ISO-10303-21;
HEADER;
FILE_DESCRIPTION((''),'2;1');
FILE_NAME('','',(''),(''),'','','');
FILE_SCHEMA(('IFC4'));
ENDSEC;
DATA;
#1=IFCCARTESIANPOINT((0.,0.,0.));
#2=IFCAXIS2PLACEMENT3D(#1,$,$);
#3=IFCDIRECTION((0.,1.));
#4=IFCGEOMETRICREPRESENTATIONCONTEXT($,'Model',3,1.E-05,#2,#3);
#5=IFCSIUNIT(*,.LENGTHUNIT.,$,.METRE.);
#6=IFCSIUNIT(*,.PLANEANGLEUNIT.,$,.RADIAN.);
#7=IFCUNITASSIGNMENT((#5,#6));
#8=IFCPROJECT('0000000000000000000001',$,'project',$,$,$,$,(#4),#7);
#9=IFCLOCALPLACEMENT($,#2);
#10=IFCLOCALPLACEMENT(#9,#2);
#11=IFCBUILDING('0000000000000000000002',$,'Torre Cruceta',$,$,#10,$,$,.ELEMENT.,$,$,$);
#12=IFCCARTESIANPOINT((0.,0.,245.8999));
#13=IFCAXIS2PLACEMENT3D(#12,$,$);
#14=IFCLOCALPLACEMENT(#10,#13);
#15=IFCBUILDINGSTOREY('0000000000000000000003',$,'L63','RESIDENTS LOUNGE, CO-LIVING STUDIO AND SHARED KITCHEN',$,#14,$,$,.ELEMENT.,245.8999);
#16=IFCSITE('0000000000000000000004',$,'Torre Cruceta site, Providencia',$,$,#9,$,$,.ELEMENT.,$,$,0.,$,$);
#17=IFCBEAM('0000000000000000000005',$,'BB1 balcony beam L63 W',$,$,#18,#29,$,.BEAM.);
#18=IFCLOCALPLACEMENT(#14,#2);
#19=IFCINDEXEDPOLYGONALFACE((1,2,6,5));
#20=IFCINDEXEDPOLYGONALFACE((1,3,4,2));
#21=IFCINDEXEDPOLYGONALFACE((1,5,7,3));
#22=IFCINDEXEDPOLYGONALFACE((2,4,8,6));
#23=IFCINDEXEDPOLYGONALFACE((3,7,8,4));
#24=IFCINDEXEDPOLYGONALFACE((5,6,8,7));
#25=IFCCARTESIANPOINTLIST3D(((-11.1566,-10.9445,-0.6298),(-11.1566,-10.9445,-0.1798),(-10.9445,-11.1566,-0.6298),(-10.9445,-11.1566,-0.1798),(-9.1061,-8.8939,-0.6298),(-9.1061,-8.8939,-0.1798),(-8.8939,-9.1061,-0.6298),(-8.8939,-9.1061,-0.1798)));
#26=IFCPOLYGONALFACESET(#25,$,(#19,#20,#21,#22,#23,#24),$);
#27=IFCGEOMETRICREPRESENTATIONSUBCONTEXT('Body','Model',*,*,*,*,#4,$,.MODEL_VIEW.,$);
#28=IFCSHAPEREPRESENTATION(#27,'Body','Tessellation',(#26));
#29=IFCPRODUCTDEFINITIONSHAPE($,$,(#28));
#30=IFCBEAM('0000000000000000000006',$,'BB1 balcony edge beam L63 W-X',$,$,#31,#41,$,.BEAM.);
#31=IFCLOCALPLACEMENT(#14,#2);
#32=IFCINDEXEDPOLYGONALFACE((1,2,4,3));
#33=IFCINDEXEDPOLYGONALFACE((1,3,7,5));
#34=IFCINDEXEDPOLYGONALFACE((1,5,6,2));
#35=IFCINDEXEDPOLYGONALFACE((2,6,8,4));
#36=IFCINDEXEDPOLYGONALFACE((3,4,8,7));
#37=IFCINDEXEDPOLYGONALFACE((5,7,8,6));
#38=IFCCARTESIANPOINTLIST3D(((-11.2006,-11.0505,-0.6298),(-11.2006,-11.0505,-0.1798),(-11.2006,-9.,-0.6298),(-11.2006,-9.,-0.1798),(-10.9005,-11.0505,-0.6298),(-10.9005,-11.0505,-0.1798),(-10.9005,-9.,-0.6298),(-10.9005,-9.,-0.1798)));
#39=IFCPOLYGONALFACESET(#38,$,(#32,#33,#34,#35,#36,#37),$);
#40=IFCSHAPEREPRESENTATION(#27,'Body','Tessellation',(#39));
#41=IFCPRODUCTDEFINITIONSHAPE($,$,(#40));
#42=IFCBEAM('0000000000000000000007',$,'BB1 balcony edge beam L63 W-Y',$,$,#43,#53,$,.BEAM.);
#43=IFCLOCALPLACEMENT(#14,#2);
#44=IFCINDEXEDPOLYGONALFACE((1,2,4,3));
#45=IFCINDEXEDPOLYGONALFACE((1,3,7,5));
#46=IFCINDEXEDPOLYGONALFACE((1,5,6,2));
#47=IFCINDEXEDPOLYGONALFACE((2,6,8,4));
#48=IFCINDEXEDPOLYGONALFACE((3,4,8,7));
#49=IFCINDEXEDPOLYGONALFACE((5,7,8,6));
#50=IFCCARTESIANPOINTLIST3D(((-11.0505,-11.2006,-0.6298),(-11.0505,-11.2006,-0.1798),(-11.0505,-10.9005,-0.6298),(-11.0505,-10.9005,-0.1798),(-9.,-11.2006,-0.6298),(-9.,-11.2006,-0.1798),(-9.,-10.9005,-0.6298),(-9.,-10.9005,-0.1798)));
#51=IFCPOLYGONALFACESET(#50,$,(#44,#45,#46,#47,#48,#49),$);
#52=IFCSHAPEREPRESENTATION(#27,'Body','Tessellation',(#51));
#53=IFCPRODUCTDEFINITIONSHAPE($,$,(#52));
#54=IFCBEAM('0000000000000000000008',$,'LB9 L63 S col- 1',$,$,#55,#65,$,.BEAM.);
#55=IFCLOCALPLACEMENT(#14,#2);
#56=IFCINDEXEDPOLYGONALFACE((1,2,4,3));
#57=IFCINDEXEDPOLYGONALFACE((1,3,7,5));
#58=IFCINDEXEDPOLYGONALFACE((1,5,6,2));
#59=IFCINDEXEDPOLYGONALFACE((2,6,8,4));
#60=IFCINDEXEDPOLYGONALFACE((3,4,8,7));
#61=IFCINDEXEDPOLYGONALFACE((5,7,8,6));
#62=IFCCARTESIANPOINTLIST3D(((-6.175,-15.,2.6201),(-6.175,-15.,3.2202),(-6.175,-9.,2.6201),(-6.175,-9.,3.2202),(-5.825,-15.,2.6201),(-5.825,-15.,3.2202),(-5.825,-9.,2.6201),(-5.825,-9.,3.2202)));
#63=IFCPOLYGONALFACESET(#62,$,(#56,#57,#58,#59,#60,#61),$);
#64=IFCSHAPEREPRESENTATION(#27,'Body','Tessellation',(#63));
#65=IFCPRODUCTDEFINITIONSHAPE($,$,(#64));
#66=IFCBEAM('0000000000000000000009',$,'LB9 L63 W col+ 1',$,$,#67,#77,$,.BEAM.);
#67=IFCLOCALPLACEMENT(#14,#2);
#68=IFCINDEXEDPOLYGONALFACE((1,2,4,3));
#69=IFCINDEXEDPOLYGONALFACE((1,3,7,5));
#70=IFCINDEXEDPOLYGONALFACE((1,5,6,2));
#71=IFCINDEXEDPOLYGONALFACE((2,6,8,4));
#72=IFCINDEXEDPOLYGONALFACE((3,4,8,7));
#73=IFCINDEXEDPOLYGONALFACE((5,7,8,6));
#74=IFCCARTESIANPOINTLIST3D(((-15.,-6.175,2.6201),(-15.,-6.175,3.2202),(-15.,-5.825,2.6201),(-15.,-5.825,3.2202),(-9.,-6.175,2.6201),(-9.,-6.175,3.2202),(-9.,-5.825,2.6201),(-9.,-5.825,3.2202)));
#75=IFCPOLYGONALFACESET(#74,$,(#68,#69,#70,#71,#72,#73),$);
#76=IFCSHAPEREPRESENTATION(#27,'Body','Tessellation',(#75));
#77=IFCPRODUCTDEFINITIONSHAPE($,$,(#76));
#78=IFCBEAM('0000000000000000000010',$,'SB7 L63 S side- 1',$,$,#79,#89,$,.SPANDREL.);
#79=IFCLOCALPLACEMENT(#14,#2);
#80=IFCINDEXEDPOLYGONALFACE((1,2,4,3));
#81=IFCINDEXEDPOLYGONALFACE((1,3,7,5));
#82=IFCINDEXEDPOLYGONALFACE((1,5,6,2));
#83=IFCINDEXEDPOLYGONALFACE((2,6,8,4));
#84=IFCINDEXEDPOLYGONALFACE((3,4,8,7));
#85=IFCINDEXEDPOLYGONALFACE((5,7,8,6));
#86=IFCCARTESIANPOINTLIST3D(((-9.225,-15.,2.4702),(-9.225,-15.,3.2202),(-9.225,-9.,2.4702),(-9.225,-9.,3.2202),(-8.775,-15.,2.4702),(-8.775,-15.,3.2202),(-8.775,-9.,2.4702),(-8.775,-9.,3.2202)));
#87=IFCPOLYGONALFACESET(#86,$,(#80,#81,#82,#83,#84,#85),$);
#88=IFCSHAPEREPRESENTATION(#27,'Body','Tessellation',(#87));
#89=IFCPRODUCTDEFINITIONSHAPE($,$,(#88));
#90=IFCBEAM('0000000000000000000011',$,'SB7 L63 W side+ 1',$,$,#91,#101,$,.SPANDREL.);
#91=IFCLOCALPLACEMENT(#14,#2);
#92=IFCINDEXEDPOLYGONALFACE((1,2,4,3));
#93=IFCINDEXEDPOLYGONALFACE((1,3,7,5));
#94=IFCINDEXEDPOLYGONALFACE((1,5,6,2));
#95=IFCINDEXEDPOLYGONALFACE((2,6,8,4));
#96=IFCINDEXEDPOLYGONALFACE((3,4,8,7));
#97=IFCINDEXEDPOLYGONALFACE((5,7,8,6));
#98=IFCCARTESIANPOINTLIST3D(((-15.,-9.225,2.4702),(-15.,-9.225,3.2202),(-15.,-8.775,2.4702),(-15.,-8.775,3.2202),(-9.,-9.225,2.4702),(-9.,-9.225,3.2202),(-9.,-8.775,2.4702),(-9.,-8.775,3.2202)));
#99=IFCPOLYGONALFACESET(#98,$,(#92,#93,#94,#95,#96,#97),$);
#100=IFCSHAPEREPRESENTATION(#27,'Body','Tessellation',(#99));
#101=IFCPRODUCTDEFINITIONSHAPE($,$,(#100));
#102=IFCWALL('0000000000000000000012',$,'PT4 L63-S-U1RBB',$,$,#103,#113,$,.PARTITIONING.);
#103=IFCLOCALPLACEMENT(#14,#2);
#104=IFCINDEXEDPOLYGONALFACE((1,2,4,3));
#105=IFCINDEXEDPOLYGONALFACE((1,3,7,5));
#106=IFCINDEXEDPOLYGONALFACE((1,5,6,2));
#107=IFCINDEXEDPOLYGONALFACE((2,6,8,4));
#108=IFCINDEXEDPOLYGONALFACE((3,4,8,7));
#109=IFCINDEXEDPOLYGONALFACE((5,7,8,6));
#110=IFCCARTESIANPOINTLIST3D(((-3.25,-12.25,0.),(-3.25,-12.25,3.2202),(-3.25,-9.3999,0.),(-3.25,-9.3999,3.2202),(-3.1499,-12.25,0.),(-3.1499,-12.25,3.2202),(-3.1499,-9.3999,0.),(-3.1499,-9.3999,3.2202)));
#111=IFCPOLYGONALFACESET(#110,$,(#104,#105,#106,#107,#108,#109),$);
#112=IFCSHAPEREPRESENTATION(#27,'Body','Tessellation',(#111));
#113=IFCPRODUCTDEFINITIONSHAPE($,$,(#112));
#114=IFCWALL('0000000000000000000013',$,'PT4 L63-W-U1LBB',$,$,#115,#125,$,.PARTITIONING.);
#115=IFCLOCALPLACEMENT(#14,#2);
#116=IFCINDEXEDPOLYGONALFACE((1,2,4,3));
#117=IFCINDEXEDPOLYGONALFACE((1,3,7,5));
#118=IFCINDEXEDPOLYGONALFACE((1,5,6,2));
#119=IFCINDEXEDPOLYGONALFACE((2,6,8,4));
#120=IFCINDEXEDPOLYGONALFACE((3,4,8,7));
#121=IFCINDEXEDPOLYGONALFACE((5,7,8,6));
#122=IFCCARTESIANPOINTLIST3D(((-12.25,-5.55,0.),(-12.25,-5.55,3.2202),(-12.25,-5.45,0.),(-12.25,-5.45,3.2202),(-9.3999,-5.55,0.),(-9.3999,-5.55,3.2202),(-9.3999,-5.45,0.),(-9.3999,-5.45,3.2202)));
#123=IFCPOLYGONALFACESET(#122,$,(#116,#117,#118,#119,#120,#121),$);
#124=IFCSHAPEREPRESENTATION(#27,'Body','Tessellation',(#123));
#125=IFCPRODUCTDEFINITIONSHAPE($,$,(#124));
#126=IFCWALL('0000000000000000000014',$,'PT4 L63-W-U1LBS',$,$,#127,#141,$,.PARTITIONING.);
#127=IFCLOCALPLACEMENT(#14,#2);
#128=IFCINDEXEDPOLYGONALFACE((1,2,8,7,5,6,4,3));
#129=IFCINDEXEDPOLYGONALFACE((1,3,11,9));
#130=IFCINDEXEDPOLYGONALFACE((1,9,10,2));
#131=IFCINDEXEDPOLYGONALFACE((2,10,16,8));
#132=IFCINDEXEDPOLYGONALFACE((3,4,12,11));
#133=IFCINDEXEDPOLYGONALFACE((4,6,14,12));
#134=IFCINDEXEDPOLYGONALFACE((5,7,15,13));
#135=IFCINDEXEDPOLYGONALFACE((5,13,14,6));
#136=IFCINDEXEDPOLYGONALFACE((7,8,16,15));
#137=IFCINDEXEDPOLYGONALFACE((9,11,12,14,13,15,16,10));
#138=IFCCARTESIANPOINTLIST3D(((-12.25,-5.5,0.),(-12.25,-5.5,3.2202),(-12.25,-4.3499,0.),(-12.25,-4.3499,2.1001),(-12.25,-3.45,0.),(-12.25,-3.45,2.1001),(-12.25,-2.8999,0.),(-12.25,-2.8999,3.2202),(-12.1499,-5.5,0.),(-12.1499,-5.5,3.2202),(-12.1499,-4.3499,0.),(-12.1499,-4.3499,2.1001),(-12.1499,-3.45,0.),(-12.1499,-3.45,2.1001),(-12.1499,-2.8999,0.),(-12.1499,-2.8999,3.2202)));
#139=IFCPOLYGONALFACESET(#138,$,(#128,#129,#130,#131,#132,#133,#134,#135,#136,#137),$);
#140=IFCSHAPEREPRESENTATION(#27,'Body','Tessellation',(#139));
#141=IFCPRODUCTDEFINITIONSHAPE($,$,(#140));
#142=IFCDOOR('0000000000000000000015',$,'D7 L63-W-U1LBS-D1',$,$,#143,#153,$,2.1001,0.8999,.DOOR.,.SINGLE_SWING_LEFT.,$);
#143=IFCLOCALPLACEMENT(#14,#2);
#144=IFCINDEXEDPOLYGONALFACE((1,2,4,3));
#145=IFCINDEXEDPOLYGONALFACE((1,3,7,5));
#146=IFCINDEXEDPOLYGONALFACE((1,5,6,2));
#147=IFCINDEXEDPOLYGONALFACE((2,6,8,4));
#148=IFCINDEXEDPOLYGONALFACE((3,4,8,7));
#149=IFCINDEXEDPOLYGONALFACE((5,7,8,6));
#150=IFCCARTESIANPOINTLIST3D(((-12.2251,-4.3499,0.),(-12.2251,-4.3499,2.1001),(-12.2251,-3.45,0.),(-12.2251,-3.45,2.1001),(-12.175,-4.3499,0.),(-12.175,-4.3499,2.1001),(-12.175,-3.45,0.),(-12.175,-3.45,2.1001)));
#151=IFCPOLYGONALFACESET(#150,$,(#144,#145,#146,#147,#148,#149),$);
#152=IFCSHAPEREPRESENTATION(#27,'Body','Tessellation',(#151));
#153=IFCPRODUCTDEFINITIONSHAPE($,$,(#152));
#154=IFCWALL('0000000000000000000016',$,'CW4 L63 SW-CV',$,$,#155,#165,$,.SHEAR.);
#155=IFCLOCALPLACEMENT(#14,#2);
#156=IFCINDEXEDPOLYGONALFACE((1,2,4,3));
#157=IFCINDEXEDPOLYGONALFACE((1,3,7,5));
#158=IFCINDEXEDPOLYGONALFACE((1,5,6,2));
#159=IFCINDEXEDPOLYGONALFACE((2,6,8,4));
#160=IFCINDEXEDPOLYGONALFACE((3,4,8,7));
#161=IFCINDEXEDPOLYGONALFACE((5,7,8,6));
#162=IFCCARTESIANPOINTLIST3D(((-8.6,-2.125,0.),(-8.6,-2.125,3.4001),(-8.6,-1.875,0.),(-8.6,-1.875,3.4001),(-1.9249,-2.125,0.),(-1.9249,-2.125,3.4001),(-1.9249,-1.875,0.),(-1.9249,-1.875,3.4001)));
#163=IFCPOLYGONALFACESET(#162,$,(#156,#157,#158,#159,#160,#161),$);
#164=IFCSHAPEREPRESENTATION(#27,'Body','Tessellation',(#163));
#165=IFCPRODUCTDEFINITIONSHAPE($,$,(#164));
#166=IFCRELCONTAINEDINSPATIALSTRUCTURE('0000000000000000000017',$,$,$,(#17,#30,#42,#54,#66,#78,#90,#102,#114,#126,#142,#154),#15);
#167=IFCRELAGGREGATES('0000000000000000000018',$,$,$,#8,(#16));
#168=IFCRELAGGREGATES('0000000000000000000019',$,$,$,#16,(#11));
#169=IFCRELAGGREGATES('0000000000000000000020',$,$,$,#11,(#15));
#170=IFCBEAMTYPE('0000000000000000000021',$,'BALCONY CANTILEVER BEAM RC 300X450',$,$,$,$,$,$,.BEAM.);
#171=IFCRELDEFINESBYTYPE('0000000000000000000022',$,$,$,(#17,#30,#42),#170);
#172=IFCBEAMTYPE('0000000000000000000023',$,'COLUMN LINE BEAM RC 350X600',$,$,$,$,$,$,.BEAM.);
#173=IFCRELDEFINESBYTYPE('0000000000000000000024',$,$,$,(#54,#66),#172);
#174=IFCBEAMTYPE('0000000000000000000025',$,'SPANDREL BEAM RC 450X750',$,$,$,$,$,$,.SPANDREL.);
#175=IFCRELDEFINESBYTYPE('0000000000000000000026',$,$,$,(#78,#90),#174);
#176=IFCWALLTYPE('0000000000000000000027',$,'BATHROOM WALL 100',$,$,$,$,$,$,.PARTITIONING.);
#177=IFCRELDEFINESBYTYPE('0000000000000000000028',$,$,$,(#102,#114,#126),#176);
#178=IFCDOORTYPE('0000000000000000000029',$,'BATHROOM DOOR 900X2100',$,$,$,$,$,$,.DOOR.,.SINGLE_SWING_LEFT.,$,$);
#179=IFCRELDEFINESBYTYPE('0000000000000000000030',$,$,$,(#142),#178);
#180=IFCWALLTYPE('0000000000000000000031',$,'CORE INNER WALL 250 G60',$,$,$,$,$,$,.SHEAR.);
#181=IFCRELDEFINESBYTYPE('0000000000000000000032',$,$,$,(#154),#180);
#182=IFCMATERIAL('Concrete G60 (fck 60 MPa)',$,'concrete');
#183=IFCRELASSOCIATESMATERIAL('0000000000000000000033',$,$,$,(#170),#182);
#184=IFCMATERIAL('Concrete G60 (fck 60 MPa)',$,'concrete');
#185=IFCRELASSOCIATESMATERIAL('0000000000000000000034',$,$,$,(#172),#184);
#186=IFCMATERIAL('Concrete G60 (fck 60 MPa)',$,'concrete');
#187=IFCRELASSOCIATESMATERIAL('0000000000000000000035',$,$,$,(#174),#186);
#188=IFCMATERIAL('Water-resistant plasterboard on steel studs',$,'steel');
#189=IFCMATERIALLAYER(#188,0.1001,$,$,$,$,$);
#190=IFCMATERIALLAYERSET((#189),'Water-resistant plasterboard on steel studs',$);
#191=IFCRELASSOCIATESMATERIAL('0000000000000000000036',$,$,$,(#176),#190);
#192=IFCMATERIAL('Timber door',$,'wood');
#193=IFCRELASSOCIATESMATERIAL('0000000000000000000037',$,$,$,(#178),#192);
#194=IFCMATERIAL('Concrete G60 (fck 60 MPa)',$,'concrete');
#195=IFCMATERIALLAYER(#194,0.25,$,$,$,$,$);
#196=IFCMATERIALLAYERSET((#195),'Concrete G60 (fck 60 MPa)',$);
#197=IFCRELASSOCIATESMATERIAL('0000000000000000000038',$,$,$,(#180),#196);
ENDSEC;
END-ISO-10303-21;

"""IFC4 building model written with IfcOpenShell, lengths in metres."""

from ifc_helpers import new_model, si_unit, direction, frame, frame_2d, origin, origin_2d, place, context, subcontext, project, spatial, rectangle, extrude, material, layer, layer_set, material_profile, profile_set, type_object, element, fill, save


model = new_model("IFC4")

# Units and contexts
model_context = context("Model", 3, precision=1e-05, world=origin(), true_north=direction((0.0, 1.0)))
body_context = subcontext(model_context, "Body", "Model", "MODEL_VIEW")
ifc_project = project(units=[si_unit("LENGTHUNIT", "METRE"), si_unit("PLANEANGLEUNIT", "RADIAN")], contexts=[model_context])

# Site, building, storey
site_placement = place(None, origin())
site = spatial("IfcSite", under=ifc_project, at=site_placement, Name="Torre Cruceta site, Providencia", CompositionType="ELEMENT", RefElevation=0.0)
building_placement = place(site_placement, origin())
building = spatial("IfcBuilding", under=site, at=building_placement, Name="Torre Cruceta", CompositionType="ELEMENT")
storey_placement = place(building_placement, frame((0.0, 0.0, 245.8999)))
storey = spatial("IfcBuildingStorey", under=building, at=storey_placement, Name="L63", Description="RESIDENTS LOUNGE, CO-LIVING STUDIO AND SHARED KITCHEN", CompositionType="ELEMENT", Elevation=245.8999)

# Beams
ifc_material_1 = material(Name="Concrete G60 (fck 60 MPa)", Category="concrete")
ifc_material_profile_1 = material_profile(ifc_material_1, rectangle(XDim=0.3, YDim=0.45, at=origin_2d()), Name="RC 300X450")
ifc_profile_set_1 = profile_set([ifc_material_profile_1], Name="Concrete G60 (fck 60 MPa)")
beam_type_1 = type_object("IfcBeamType", Name="BALCONY CANTILEVER BEAM RC 300X450", PredefinedType="BEAM", material=ifc_profile_set_1)
beam_placement = place(storey_placement, frame((-9.0, -9.0, -0.4048), z_axis=(-0.707107, -0.707107, 0.0), x_axis=(0.707107, -0.707107, 0.0)))
element("IfcBeam", 1, at=beam_placement, inside=storey, type_object=beam_type_1, Name="BB1 balcony beam L63 W", PredefinedType="BEAM", context=body_context, shape_type="SweptSolid", body=[
    extrude(rectangle(XDim=0.3, YDim=0.45, at=origin_2d()), origin(), (0.0, 0.0, 1.0), 2.8999),
])
for number, where, z_axis, x_axis, name in (
    (2, (-11.0505, -9.0, -0.4048), (0.0, -1.0, 0.0), (1.0, 0.0, 0.0), "BB1 balcony edge beam L63 W-X"),
    (3, (-9.0, -11.0505, -0.4048), (-1.0, 0.0, 0.0), (0.0, -1.0, 0.0), "BB1 balcony edge beam L63 W-Y"),
):
    element("IfcBeam", number, at=place(storey_placement, frame(where, z_axis=z_axis, x_axis=x_axis)), inside=storey, type_object=beam_type_1, Name=name, PredefinedType="BEAM", context=body_context, shape_type="SweptSolid", body=[
        extrude(rectangle(XDim=0.3, YDim=0.45, at=origin_2d()), origin(), (0.0, 0.0, 1.0), 2.0505),
    ])
ifc_material_2 = material(Name="Concrete G60 (fck 60 MPa)", Category="concrete")
ifc_material_profile_2 = material_profile(ifc_material_2, rectangle(XDim=0.3501, YDim=0.6001, at=origin_2d()), Name="RC 350X600")
ifc_profile_set_2 = profile_set([ifc_material_profile_2], Name="Concrete G60 (fck 60 MPa)")
beam_type_2 = type_object("IfcBeamType", Name="COLUMN LINE BEAM RC 350X600", PredefinedType="BEAM", material=ifc_profile_set_2)
for number, where, z_axis, x_axis, name in (
    (4, (-6.0, -9.0, 2.9202), (0.0, -1.0, 0.0), (1.0, 0.0, 0.0), "LB9 L63 S col- 1"),
    (5, (-9.0, -6.0, 2.9202), (-1.0, 0.0, 0.0), (0.0, -1.0, 0.0), "LB9 L63 W col+ 1"),
):
    element("IfcBeam", number, at=place(storey_placement, frame(where, z_axis=z_axis, x_axis=x_axis)), inside=storey, type_object=beam_type_2, Name=name, PredefinedType="BEAM", context=body_context, shape_type="SweptSolid", body=[
        extrude(rectangle(XDim=0.3501, YDim=0.6001, at=origin_2d()), origin(), (0.0, 0.0, 1.0), 6.0),
    ])
ifc_material_3 = material(Name="Concrete G60 (fck 60 MPa)", Category="concrete")
ifc_material_profile_3 = material_profile(ifc_material_3, rectangle(XDim=0.45, YDim=0.75, at=origin_2d()), Name="RC 450X750")
ifc_profile_set_3 = profile_set([ifc_material_profile_3], Name="Concrete G60 (fck 60 MPa)")
beam_type_3 = type_object("IfcBeamType", Name="SPANDREL BEAM RC 450X750", PredefinedType="SPANDREL", material=ifc_profile_set_3)
for number, where, z_axis, x_axis, name in (
    (6, (-9.0, -9.0, 2.8452), (0.0, -1.0, 0.0), (1.0, 0.0, 0.0), "SB7 L63 S side- 1"),
    (7, (-9.0, -9.0, 2.8452), (-1.0, 0.0, 0.0), (0.0, -1.0, 0.0), "SB7 L63 W side+ 1"),
):
    element("IfcBeam", number, at=place(storey_placement, frame(where, z_axis=z_axis, x_axis=x_axis)), inside=storey, type_object=beam_type_3, Name=name, PredefinedType="SPANDREL", context=body_context, shape_type="SweptSolid", body=[
        extrude(rectangle(XDim=0.45, YDim=0.75, at=origin_2d()), origin(), (0.0, 0.0, 1.0), 6.0),
    ])

# Walls
ifc_material_4 = material(Name="Water-resistant plasterboard on steel studs", Category="steel")
ifc_layer_1 = layer(ifc_material_4, 0.1001)
ifc_layer_set_1 = layer_set([ifc_layer_1], Name="Water-resistant plasterboard on steel studs")
wall_type_1 = type_object("IfcWallType", Name="BATHROOM WALL 100", PredefinedType="PARTITIONING", material=ifc_layer_set_1)
for number, where, z_axis, x_axis, name in (
    (8, (-3.2, -9.3999, 0.0), (0.0, 0.0, 1.0), (0.0, -1.0, 0.0), "PT4 L63-S-U1RBB"),
    (9, (-9.3999, -5.5, 0.0), (0.0, 0.0, 1.0), (-1.0, 0.0, 0.0), "PT4 L63-W-U1LBB"),
):
    element("IfcWall", number, at=place(storey_placement, frame(where, z_axis=z_axis, x_axis=x_axis)), inside=storey, type_object=wall_type_1, Name=name, PredefinedType="PARTITIONING", context=body_context, shape_type="SweptSolid", body=[
        extrude(rectangle(XDim=2.8501, YDim=0.1001, at=frame_2d((1.425, 0.0))), origin(), (0.0, 0.0, 1.0), 3.2202),
    ])

# Wall, opening, door
wall_1_placement = place(storey_placement, frame((-12.2, -2.8999, 0.0), z_axis=(0.0, 0.0, 1.0), x_axis=(0.0, -1.0, 0.0)))
wall_1 = element("IfcWall", 10, at=wall_1_placement, inside=storey, type_object=wall_type_1, Name="PT4 L63-W-U1LBS", PredefinedType="PARTITIONING", context=body_context, shape_type="SweptSolid", body=[
    extrude(rectangle(XDim=2.6001, YDim=0.1001, at=frame_2d((1.3, 0.0))), origin(), (0.0, 0.0, 1.0), 3.2202),
])
opening_1_placement = place(wall_1_placement, frame((0.55, 0.0, 0.0)))
opening_1 = element("IfcOpeningElement", 11, at=opening_1_placement, cuts=wall_1, PredefinedType="OPENING", context=body_context, shape_type="SweptSolid", body=[
    extrude(rectangle(XDim=0.8999, YDim=2.1001, at=frame_2d((0.45, 1.05))), frame((0.0, 0.0601, 0.0), z_axis=(0.0, -1.0, 0.0), x_axis=(1.0, 0.0, 0.0)), (0.0, 0.0, 1.0), 0.1201),
])
ifc_material_5 = material(Name="Timber door", Category="wood")
door_type_1 = type_object("IfcDoorType", Name="BATHROOM DOOR 900X2100", OperationType="SINGLE_SWING_LEFT", PredefinedType="DOOR", material=ifc_material_5)
door_1_placement = place(opening_1_placement, origin())
door_1 = element("IfcDoor", 12, at=door_1_placement, inside=storey, type_object=door_type_1, Name="D7 L63-W-U1LBS-D1", OperationType="SINGLE_SWING_LEFT", OverallHeight=2.1001, OverallWidth=0.8999, PredefinedType="DOOR", context=body_context, shape_type="SweptSolid", body=[
    extrude(rectangle(XDim=0.8999, YDim=2.1001, at=frame_2d((0.45, 1.05))), frame((0.0, 0.0249, 0.0), z_axis=(0.0, -1.0, 0.0), x_axis=(1.0, 0.0, 0.0)), (0.0, 0.0, 1.0), 0.05),
])
fill(opening_1, door_1)

# Wall
ifc_material_6 = material(Name="Concrete G60 (fck 60 MPa)", Category="concrete")
ifc_layer_2 = layer(ifc_material_6, 0.25)
ifc_layer_set_2 = layer_set([ifc_layer_2], Name="Concrete G60 (fck 60 MPa)")
wall_type_2 = type_object("IfcWallType", Name="CORE INNER WALL 250 G60", PredefinedType="SHEAR", material=ifc_layer_set_2)
wall_2_placement = place(storey_placement, frame((-1.925, -2.0, 0.0), z_axis=(0.0, 0.0, 1.0), x_axis=(-1.0, 0.0, 0.0)))
element("IfcWall", 13, at=wall_2_placement, inside=storey, type_object=wall_type_2, Name="CW4 L63 SW-CV", PredefinedType="SHEAR", context=body_context, shape_type="SweptSolid", body=[
    extrude(rectangle(XDim=6.675, YDim=0.25, at=frame_2d((3.3374, 0.0))), origin(), (0.0, 0.0, 1.0), 3.4001),
])

save(model, "model.ifc")
